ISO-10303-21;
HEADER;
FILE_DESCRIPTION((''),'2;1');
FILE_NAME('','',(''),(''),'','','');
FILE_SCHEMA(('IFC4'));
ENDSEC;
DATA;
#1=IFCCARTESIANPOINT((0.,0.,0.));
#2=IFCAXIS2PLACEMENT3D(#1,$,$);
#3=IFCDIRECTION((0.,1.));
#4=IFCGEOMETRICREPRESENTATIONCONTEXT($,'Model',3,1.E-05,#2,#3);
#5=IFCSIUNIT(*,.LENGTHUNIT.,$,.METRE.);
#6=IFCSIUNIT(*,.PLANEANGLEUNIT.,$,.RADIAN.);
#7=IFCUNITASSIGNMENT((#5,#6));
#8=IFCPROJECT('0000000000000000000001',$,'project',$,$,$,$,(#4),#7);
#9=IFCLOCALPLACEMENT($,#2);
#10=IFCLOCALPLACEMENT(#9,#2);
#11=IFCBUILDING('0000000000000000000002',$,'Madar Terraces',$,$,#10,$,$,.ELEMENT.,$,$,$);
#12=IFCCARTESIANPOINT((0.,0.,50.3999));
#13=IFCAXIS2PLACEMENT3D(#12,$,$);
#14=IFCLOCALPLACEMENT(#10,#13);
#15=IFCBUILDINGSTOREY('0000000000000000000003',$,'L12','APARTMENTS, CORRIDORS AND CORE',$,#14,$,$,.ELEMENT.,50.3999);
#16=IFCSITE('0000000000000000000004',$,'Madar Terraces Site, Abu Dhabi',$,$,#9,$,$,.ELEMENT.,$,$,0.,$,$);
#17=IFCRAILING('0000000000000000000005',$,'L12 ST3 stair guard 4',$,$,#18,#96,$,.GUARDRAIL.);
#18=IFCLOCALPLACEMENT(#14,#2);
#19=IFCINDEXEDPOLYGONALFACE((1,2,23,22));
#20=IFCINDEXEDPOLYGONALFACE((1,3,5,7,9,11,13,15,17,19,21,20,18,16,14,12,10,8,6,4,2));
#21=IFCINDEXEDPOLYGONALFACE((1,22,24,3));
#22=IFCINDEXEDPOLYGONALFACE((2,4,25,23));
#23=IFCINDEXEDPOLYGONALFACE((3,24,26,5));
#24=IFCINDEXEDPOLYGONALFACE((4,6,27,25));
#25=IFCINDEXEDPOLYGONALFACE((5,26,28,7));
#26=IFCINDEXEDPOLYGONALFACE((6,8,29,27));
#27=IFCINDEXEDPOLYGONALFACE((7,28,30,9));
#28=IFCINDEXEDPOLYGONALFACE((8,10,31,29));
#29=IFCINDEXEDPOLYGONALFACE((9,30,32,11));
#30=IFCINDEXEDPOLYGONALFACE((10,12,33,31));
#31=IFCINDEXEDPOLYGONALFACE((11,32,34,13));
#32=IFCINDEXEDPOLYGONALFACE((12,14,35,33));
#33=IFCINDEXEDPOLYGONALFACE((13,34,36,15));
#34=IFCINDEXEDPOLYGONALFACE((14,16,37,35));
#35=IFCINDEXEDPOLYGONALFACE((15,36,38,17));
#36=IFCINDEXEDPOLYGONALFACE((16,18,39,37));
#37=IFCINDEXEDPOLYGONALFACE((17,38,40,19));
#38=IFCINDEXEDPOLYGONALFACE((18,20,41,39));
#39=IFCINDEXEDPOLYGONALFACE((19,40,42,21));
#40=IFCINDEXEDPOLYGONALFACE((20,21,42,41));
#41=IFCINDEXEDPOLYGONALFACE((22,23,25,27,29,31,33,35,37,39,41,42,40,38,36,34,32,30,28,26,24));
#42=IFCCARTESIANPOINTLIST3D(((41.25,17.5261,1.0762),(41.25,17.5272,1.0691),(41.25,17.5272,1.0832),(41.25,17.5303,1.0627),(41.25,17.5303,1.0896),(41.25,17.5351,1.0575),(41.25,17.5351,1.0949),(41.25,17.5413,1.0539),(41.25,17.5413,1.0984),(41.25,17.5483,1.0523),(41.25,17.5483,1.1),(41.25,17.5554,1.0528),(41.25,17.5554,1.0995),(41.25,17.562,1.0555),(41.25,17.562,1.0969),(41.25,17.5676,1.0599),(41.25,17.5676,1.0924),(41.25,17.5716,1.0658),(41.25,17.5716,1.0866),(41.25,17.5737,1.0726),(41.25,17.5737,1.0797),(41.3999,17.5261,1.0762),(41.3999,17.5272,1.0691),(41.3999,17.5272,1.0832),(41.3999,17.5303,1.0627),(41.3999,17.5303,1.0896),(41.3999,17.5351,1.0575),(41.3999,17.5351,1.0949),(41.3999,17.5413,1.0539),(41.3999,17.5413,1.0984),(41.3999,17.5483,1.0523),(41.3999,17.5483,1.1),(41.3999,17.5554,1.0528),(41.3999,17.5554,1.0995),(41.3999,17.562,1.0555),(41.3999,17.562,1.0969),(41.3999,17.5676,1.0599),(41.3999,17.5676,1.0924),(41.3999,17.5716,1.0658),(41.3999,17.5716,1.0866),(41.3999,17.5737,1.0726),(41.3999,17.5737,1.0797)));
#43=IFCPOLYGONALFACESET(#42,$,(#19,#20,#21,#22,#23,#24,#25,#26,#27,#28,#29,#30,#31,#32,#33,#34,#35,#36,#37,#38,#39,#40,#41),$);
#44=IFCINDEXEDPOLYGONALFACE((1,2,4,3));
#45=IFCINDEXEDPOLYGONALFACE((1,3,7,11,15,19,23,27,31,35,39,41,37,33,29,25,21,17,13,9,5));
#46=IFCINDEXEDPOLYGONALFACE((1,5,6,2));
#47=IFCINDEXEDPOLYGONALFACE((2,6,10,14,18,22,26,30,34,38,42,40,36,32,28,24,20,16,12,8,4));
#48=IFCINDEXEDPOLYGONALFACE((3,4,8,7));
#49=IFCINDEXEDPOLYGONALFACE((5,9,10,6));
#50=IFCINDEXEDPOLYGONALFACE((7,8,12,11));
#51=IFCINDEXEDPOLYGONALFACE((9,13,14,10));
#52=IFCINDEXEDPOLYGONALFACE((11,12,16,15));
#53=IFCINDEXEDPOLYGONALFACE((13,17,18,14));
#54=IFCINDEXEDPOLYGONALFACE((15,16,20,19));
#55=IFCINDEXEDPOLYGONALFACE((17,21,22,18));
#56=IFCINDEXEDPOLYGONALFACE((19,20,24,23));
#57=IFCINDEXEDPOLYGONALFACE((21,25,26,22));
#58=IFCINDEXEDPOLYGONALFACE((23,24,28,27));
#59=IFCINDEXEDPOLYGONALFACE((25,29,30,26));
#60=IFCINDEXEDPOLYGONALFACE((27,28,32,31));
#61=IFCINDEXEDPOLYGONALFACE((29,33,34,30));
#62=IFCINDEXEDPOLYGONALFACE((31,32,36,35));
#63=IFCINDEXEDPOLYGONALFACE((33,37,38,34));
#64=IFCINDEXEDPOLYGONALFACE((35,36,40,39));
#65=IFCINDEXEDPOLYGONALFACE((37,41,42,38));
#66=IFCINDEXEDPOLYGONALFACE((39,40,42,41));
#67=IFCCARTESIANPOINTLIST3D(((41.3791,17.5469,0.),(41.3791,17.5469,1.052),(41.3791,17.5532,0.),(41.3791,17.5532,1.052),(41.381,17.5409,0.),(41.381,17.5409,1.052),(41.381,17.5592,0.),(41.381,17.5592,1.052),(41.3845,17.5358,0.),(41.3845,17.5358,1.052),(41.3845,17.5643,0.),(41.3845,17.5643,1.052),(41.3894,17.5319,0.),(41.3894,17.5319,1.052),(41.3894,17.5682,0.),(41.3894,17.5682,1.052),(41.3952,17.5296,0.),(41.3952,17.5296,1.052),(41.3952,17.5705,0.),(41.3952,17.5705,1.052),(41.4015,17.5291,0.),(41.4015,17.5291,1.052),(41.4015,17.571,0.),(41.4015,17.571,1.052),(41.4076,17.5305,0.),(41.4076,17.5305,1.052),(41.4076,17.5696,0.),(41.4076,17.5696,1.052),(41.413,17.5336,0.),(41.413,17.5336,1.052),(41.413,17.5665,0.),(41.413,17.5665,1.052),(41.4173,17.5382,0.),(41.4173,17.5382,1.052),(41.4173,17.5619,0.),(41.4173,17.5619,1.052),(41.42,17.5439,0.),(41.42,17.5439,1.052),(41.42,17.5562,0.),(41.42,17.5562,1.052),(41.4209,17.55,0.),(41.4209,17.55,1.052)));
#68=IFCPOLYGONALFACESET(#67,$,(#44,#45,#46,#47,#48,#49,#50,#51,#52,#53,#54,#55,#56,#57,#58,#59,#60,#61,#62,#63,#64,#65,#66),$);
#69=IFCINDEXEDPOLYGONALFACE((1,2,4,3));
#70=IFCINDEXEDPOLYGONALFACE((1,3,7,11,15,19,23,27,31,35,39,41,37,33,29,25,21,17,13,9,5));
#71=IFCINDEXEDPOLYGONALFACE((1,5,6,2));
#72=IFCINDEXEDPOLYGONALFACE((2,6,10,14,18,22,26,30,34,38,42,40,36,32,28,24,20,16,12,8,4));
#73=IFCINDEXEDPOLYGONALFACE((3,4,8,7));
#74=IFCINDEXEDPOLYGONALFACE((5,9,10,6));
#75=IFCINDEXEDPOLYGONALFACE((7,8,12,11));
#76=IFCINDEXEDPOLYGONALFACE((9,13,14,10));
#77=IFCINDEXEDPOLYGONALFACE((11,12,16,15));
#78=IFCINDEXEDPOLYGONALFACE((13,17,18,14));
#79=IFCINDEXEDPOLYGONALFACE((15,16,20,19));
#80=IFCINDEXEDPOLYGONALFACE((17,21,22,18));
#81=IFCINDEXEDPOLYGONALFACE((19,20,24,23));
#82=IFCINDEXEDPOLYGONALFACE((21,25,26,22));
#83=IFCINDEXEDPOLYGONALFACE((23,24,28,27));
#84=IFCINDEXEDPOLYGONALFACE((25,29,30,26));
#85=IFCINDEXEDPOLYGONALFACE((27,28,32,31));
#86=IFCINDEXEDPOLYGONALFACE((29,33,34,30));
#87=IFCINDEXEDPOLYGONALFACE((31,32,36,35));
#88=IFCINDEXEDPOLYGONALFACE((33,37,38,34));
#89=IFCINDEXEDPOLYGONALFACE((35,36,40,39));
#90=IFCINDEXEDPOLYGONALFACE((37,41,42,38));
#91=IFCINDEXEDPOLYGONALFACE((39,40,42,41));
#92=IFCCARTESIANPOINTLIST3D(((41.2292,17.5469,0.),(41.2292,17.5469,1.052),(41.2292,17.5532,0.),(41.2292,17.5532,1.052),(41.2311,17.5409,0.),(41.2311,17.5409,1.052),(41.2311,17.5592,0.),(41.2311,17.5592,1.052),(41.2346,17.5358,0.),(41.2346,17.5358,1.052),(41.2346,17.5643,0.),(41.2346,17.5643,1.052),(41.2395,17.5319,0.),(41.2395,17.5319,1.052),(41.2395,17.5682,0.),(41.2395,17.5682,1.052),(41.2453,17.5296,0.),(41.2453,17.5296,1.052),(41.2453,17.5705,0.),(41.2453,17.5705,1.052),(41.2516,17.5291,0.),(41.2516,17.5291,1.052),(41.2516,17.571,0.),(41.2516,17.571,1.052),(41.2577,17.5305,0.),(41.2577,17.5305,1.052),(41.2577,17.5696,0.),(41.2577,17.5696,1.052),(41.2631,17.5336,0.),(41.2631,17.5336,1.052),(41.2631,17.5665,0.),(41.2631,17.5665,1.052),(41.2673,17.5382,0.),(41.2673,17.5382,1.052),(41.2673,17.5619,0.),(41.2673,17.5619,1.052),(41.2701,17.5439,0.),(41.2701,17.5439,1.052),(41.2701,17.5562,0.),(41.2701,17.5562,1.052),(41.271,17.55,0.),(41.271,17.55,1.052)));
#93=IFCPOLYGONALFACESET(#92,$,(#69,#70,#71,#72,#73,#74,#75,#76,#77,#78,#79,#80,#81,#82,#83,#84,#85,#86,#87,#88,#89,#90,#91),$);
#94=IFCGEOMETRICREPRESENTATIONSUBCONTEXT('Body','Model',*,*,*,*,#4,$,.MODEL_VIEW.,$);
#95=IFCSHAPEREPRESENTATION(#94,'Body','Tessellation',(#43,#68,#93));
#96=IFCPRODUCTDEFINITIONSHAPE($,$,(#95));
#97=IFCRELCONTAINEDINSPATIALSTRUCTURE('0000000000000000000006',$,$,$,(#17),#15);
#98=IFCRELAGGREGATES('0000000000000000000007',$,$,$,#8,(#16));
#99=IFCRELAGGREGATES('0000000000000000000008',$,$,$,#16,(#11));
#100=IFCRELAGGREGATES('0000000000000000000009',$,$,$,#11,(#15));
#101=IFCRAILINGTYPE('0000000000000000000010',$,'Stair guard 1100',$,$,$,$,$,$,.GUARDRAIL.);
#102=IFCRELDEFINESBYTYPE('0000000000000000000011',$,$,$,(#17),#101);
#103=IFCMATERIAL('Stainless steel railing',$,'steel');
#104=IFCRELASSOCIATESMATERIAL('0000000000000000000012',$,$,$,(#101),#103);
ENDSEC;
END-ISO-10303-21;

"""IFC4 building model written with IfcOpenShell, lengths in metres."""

from ifc_helpers import new_model, si_unit, direction, frame, origin, origin_2d, place, context, subcontext, project, spatial, circle, extrude, material, type_object, element, save


model = new_model("IFC4")

# Units and contexts
model_context = context("Model", 3, precision=1e-05, world=origin(), true_north=direction((0.0, 1.0)))
body_context = subcontext(model_context, "Body", "Model", "MODEL_VIEW")
ifc_project = project(units=[si_unit("LENGTHUNIT", "METRE"), si_unit("PLANEANGLEUNIT", "RADIAN")], contexts=[model_context])

# Site, building, storey
site_placement = place(None, origin())
site = spatial("IfcSite", under=ifc_project, at=site_placement, Name="Madar Terraces Site, Abu Dhabi", CompositionType="ELEMENT", RefElevation=0.0)
building_placement = place(site_placement, origin())
building = spatial("IfcBuilding", under=site, at=building_placement, Name="Madar Terraces", CompositionType="ELEMENT")
storey_placement = place(building_placement, frame((0.0, 0.0, 50.3999)))
storey = spatial("IfcBuildingStorey", under=building, at=storey_placement, Name="L12", Description="APARTMENTS, CORRIDORS AND CORE", CompositionType="ELEMENT", Elevation=50.3999)

# Railing
ifc_material_1 = material(Name="Stainless steel railing", Category="steel")
railing_type_1 = type_object("IfcRailingType", Name="Stair guard 1100", PredefinedType="GUARDRAIL", material=ifc_material_1)
railing_1_placement = place(storey_placement, frame((41.3999, 17.55, 0.0)))
element("IfcRailing", 1, at=railing_1_placement, inside=storey, type_object=railing_type_1, Name="L12 ST3 stair guard 4", PredefinedType="GUARDRAIL", context=body_context, shape_type="SweptSolid", body=[
    extrude(circle(Radius=0.0239, at=origin_2d()), frame((0.0, 0.0, 1.0762), z_axis=(-1.0, 0.0, 0.0), x_axis=(0.0, -1.0, 0.0)), (0.0, 0.0, 1.0), 0.1499),
    extrude(circle(Radius=0.021, at=origin_2d()), origin(), (0.0, 0.0, 1.0), 1.052),
    extrude(circle(Radius=0.021, at=origin_2d()), frame((-0.1499, 0.0, 0.0)), (0.0, 0.0, 1.0), 1.052),
])

save(model, "model.ifc")
